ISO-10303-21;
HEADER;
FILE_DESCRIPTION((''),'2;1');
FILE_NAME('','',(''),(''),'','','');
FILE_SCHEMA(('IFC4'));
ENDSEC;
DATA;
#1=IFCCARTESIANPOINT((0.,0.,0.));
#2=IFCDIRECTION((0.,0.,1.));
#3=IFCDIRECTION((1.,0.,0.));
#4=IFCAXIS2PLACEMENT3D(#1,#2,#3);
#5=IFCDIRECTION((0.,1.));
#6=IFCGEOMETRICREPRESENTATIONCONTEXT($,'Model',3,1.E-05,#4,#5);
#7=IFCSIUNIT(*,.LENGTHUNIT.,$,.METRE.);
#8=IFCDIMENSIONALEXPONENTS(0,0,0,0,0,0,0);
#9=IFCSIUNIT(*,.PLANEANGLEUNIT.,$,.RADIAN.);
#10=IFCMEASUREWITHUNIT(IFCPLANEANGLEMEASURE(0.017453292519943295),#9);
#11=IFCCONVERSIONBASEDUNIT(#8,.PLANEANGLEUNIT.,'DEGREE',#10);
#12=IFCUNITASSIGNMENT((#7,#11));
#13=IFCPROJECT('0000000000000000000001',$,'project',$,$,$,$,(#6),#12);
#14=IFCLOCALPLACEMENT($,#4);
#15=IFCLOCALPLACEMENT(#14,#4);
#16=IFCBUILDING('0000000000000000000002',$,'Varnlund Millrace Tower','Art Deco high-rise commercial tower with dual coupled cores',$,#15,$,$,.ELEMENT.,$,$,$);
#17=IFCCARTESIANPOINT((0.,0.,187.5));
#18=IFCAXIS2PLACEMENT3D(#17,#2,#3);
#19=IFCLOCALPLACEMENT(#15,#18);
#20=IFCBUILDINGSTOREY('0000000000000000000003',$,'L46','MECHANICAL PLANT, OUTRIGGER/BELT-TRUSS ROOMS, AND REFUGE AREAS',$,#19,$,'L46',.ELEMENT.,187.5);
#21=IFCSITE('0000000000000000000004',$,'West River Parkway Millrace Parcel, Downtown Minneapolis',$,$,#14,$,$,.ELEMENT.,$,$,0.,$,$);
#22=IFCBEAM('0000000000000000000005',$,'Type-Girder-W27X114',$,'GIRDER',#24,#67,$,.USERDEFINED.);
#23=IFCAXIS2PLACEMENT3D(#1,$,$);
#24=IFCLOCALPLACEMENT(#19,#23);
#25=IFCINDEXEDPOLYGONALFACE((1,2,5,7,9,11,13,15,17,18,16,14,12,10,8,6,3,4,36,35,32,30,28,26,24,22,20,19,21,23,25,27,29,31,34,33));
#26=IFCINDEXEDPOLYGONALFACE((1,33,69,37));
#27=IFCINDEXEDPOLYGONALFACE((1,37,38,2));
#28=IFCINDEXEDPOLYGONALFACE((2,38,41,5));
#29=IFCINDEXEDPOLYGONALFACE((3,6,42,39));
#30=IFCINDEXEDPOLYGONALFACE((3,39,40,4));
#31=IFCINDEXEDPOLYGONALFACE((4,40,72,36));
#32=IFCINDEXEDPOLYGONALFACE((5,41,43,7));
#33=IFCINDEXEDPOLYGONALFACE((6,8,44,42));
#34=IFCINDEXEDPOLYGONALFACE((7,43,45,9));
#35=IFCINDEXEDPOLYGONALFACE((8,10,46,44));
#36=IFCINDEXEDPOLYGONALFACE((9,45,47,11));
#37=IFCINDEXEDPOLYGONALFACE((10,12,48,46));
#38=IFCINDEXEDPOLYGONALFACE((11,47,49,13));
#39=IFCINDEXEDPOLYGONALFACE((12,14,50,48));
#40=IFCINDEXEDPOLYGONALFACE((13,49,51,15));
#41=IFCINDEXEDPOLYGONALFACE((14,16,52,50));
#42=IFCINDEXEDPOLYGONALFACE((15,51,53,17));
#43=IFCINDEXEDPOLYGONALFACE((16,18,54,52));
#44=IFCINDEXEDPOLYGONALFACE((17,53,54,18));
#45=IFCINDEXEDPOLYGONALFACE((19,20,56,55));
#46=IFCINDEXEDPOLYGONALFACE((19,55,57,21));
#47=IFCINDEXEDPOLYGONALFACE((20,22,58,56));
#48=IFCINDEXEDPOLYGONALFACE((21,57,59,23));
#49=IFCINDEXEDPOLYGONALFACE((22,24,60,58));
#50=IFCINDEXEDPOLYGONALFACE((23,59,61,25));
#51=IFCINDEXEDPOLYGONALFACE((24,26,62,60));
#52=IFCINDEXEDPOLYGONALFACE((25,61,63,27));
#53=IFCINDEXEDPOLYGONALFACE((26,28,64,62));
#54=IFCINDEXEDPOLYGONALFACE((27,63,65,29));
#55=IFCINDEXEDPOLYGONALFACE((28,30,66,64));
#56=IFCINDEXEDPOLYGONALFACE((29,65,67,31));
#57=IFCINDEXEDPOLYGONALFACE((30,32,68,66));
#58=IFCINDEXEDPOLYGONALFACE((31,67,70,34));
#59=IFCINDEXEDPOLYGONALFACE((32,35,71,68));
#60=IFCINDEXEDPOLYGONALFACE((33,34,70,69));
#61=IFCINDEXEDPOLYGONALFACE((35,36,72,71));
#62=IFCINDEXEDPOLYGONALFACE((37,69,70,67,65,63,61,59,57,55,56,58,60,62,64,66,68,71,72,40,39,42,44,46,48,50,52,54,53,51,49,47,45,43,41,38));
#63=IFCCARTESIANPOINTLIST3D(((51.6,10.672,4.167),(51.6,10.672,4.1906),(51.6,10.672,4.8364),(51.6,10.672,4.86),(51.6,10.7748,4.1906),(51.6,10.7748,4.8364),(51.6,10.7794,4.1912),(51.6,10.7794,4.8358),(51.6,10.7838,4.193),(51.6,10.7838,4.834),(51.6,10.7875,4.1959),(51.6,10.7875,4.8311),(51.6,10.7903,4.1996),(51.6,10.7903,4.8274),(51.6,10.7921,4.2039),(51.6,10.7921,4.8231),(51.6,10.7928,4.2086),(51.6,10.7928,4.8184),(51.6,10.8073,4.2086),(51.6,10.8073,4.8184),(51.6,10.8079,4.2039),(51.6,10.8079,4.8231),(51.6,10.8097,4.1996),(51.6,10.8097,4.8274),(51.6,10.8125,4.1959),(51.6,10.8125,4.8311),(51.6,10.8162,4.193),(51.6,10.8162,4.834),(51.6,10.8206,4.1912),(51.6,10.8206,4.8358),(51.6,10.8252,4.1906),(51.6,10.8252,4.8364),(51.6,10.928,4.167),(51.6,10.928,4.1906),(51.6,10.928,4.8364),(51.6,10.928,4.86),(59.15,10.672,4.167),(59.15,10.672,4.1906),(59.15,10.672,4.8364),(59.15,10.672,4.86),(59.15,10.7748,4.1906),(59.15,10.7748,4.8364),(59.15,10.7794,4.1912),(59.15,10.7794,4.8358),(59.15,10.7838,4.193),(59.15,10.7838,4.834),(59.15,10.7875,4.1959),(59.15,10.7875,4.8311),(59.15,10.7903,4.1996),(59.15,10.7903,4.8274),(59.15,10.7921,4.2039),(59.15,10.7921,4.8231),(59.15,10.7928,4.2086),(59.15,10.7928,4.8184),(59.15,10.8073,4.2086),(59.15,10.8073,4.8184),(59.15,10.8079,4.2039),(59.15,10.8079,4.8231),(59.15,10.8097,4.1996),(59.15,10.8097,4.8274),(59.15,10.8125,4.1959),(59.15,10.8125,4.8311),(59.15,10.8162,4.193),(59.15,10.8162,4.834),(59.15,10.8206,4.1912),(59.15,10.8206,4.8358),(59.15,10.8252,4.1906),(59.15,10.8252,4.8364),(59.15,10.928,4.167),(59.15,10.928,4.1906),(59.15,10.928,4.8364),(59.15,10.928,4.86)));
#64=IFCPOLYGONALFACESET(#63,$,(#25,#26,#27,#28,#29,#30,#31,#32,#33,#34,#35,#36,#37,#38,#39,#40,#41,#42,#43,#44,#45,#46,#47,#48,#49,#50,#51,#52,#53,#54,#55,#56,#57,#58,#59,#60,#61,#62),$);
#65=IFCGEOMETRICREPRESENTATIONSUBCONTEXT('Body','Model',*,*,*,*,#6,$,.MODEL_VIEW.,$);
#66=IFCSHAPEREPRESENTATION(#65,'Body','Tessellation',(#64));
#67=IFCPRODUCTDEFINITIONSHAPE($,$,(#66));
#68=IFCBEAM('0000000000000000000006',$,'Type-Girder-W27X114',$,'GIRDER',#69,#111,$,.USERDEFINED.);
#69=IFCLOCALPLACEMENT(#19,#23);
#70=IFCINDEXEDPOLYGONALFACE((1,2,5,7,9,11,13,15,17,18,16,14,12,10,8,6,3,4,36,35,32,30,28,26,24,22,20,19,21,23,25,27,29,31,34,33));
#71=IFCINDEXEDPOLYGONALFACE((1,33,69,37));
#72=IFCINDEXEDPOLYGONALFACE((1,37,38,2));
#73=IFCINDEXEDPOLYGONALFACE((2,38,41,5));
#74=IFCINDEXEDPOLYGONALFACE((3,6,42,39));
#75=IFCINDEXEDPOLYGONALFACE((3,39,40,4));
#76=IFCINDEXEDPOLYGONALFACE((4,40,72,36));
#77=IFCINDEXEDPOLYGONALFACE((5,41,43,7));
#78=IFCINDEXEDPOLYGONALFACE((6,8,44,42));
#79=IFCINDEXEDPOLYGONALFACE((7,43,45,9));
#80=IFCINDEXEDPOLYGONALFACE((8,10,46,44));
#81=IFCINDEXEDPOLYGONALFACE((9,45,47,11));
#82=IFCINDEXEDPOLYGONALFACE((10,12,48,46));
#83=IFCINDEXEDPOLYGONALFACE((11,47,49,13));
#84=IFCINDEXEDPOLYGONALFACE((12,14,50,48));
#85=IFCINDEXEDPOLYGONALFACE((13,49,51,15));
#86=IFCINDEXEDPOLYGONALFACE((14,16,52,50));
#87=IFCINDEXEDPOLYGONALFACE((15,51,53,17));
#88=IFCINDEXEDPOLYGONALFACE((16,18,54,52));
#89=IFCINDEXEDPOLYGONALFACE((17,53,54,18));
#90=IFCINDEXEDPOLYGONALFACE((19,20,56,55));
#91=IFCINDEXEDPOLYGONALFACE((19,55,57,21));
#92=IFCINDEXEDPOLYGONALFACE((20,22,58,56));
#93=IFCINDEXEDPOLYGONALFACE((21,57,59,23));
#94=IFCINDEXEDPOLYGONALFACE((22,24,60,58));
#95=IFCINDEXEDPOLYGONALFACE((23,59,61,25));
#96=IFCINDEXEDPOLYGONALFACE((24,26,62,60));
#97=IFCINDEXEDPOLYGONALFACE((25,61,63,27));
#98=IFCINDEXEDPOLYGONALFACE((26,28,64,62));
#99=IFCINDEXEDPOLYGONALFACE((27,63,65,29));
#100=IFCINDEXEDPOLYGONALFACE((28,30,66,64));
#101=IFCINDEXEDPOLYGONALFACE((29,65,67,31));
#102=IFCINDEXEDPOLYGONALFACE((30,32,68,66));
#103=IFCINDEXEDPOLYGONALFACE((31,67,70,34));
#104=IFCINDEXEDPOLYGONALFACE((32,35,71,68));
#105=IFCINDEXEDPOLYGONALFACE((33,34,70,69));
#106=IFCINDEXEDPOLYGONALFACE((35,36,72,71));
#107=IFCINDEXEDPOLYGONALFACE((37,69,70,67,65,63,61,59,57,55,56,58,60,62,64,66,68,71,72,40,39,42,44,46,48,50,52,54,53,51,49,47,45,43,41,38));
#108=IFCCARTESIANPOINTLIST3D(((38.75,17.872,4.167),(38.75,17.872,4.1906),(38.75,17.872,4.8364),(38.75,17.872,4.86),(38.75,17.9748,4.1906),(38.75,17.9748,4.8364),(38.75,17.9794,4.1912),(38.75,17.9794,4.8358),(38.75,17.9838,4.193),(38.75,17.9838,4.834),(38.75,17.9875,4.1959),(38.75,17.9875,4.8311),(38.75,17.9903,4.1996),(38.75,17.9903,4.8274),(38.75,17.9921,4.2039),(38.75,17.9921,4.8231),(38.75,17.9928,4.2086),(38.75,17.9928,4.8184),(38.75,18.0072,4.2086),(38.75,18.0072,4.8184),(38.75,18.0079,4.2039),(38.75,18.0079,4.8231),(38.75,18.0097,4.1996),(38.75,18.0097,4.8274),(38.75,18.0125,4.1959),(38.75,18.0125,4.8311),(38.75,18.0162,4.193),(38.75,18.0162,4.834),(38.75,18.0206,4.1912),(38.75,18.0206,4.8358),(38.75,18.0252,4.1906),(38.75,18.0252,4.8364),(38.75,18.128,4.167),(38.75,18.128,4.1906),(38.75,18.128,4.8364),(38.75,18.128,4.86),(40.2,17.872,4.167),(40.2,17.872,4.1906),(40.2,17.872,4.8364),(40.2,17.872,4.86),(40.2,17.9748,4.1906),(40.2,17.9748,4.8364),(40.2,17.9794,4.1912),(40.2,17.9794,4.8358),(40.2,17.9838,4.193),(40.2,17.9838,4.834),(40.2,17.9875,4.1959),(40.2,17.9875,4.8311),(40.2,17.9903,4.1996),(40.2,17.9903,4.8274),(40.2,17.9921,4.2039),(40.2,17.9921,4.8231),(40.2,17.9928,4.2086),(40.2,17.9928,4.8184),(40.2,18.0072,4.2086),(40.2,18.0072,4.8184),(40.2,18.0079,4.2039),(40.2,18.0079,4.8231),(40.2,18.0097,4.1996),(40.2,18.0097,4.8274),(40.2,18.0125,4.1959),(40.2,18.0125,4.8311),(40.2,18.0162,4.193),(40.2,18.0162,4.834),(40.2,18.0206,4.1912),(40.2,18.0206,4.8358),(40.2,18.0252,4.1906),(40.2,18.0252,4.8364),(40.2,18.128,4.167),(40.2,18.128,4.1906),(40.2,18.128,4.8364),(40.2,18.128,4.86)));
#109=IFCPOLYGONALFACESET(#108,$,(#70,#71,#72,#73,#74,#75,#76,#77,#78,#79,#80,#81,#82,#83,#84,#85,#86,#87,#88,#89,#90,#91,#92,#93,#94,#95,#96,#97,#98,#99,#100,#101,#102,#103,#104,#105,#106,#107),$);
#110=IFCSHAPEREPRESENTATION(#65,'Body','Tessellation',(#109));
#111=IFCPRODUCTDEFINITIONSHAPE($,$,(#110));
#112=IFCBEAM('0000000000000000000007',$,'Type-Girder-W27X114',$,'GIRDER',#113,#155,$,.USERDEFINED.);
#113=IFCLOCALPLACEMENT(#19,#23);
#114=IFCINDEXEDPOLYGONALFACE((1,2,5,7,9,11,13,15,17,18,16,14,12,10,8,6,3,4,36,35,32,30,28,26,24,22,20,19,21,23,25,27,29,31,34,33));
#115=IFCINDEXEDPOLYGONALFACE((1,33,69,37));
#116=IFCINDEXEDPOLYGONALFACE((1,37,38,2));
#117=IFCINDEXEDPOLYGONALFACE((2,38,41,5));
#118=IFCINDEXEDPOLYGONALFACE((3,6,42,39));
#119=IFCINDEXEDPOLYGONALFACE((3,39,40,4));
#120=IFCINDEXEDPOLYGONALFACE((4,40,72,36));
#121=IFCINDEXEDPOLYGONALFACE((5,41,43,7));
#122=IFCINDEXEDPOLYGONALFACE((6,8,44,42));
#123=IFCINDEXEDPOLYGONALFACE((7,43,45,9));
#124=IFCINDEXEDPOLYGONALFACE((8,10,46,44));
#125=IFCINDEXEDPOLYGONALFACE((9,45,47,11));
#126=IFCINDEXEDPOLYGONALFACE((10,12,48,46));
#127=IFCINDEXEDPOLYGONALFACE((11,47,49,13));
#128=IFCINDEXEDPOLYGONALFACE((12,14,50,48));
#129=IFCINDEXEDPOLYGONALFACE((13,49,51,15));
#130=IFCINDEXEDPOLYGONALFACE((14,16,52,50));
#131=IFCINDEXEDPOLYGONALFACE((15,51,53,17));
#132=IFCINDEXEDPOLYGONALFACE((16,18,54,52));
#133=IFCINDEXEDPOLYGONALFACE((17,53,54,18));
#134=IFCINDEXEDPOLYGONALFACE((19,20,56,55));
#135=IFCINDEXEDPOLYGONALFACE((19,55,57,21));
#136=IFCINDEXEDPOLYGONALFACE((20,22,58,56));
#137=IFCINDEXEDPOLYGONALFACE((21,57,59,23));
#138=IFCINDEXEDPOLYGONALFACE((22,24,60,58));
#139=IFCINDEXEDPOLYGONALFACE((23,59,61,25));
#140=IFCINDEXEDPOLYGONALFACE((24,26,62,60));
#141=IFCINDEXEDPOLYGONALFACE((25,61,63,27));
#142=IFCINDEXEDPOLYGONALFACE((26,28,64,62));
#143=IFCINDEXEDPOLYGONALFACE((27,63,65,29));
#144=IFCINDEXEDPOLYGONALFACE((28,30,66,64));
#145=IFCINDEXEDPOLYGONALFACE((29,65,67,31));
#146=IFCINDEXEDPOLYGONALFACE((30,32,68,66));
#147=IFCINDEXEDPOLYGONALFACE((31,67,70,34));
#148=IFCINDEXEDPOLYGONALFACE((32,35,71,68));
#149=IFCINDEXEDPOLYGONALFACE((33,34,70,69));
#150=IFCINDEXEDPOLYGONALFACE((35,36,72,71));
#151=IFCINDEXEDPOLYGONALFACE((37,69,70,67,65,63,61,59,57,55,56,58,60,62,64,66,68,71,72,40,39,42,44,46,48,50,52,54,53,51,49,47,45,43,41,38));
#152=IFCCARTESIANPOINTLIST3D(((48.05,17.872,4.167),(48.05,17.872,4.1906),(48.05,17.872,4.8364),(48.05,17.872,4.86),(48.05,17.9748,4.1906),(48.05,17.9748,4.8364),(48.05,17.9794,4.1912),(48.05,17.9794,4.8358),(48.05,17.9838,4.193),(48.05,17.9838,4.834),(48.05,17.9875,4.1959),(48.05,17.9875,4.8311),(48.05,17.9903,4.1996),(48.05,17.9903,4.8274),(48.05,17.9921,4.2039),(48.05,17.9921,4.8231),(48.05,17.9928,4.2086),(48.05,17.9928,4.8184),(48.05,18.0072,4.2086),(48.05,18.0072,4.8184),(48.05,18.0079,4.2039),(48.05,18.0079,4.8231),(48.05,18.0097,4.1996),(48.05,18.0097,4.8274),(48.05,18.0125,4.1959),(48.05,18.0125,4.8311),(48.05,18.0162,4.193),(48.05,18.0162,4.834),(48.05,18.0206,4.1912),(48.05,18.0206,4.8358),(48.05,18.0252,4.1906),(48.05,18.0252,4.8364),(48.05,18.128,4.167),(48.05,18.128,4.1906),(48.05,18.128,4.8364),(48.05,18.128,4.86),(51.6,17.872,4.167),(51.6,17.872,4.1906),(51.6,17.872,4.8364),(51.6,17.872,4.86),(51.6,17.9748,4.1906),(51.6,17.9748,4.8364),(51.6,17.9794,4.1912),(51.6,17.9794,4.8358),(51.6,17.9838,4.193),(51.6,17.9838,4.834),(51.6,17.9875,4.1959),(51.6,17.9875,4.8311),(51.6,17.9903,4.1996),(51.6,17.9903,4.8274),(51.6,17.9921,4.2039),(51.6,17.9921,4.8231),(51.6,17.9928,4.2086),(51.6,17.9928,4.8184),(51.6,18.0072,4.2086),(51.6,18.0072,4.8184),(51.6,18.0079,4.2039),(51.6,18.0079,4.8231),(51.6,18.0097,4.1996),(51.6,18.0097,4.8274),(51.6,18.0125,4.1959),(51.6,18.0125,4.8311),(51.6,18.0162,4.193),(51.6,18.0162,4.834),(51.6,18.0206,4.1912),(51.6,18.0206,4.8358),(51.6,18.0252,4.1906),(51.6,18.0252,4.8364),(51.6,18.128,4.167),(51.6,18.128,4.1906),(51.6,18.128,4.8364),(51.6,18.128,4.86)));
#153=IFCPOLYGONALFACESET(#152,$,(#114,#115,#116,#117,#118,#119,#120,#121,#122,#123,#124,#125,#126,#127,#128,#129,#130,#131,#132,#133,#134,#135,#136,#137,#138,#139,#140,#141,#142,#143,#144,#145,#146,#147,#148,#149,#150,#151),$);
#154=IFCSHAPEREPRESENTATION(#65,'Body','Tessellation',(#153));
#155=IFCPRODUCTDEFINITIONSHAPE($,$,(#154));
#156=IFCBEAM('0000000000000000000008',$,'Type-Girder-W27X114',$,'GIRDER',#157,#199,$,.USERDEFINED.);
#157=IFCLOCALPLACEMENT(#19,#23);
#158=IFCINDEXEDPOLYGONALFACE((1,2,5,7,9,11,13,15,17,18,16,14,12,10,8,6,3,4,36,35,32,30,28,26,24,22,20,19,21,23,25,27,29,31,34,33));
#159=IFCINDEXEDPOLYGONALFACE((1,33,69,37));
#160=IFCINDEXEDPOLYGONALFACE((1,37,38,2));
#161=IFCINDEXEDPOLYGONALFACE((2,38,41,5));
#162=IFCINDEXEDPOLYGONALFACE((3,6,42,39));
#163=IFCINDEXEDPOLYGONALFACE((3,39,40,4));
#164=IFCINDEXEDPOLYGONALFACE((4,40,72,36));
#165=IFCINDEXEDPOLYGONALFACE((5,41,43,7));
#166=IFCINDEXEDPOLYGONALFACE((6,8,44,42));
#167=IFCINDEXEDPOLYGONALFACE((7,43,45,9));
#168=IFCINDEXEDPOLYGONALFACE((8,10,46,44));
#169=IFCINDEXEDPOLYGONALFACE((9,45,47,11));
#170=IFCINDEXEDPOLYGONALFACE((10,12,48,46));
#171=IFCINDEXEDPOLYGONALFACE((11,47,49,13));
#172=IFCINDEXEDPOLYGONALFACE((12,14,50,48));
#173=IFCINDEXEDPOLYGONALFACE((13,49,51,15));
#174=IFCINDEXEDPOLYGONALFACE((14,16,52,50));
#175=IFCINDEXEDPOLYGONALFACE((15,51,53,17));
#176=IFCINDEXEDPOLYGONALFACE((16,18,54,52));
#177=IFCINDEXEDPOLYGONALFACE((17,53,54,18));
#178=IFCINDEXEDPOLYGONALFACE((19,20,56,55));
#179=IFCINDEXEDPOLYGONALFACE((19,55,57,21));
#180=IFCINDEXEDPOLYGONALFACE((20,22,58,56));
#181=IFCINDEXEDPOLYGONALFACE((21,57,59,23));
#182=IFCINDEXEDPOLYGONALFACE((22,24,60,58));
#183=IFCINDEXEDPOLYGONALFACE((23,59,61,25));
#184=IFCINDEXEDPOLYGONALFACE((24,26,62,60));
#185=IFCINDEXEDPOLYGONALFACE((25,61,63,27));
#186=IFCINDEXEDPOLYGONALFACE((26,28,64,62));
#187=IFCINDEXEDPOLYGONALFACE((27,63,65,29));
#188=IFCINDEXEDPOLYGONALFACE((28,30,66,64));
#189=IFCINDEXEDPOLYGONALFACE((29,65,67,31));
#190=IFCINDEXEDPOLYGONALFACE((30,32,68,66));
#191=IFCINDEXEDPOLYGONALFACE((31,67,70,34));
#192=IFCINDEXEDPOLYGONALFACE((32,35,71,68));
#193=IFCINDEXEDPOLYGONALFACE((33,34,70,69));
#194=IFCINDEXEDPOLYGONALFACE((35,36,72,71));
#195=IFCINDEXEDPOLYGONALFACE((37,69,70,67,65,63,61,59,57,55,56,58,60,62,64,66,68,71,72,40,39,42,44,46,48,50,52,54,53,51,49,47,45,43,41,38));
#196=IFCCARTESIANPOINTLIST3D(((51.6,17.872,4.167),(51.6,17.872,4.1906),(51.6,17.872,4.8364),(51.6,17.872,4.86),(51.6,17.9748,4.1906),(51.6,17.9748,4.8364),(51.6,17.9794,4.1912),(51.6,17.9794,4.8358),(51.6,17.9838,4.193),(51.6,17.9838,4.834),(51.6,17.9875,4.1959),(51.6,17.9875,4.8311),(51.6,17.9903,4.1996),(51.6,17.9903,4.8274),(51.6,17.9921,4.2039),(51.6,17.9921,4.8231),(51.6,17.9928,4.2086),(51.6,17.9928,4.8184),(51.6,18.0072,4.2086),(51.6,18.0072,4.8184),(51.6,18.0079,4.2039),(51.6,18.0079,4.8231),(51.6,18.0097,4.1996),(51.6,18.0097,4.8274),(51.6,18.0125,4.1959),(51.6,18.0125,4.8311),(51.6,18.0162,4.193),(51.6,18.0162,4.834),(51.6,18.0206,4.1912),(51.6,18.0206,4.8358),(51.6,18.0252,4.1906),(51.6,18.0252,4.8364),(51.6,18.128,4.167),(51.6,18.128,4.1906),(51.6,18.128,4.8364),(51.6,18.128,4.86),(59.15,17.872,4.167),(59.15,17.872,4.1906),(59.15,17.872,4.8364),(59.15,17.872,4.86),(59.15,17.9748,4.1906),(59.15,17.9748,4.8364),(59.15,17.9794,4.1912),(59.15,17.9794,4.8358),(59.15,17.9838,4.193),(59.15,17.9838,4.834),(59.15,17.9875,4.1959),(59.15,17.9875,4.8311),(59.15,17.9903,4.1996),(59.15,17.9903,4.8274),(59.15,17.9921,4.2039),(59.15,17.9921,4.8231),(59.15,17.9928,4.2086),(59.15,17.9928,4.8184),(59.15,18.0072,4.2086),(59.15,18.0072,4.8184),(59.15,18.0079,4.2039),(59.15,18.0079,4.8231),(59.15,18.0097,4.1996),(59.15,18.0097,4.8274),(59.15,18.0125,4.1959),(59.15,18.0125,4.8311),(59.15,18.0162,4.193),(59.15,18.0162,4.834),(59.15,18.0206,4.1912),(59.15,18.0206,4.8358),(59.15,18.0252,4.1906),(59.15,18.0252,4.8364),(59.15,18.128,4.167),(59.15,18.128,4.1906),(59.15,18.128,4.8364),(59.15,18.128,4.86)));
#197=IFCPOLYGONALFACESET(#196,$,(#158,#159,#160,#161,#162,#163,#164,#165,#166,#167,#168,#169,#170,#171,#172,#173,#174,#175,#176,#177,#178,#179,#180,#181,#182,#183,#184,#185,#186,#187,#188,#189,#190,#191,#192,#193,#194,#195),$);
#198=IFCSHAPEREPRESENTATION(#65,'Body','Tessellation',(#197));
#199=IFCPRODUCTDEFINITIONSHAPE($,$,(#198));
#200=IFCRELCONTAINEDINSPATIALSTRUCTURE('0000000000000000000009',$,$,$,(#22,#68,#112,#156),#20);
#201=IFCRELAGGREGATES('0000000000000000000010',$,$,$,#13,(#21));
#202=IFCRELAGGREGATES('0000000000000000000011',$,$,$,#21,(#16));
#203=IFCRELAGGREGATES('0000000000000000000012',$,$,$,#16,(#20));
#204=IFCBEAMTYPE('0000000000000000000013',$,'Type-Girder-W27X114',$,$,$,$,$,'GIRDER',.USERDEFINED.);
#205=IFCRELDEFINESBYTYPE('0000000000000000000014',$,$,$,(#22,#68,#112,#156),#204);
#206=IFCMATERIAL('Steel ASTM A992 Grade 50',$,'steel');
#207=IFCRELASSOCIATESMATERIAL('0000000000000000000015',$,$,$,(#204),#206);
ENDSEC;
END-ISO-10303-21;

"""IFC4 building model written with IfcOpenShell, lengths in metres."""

from ifc_helpers import new_model, entity, si_unit, converted_unit, direction, frame, origin_with_axes, origin_2d_with_axis, place, context, subcontext, project, spatial, i_section, extrude, material, material_profile, profile_set, type_object, element, save


model = new_model("IFC4")

# Units and contexts
model_context = context("Model", 3, precision=1e-05, world=origin_with_axes(), true_north=direction((0.0, 1.0)))
body_context = subcontext(model_context, "Body", "Model", "MODEL_VIEW")
ifc_project = project(units=[si_unit("LENGTHUNIT", "METRE"), converted_unit("PLANEANGLEUNIT", "DEGREE", entity("IfcPlaneAngleMeasure", 0.017453292519943295), si_unit("PLANEANGLEUNIT", "RADIAN"), dimensions=[0, 0, 0, 0, 0, 0, 0])], contexts=[model_context])

# Site, building, storey
site_placement = place(None, origin_with_axes())
site = spatial("IfcSite", under=ifc_project, at=site_placement, Name="West River Parkway Millrace Parcel, Downtown Minneapolis", CompositionType="ELEMENT", RefElevation=0.0)
building_placement = place(site_placement, origin_with_axes())
building = spatial("IfcBuilding", under=site, at=building_placement, Name="Varnlund Millrace Tower", Description="Art Deco high-rise commercial tower with dual coupled cores", CompositionType="ELEMENT")
storey_placement = place(building_placement, frame((0.0, 0.0, 187.5), z_axis=(0.0, 0.0, 1.0), x_axis=(1.0, 0.0, 0.0)))
storey = spatial("IfcBuildingStorey", under=building, at=storey_placement, Name="L46", Description="MECHANICAL PLANT, OUTRIGGER/BELT-TRUSS ROOMS, AND REFUGE AREAS", LongName="L46", CompositionType="ELEMENT", Elevation=187.5)

# Beams
ifc_material_1 = material(Name="Steel ASTM A992 Grade 50", Category="steel")
ifc_material_profile_1 = material_profile(ifc_material_1, i_section(OverallWidth=0.256, OverallDepth=0.693, WebThickness=0.0145, FlangeThickness=0.0236, FilletRadius=0.018, at=origin_2d_with_axis()), Name="Steel ASTM A992 Grade 50")
ifc_profile_set_1 = profile_set([ifc_material_profile_1], Name="Steel ASTM A992 Grade 50")
beam_type_1 = type_object("IfcBeamType", Name="Type-Girder-W27X114", ElementType="GIRDER", PredefinedType="USERDEFINED", material=ifc_profile_set_1)
beam_1_placement = place(storey_placement, frame((51.6, 10.8, 4.5135), z_axis=(1.0, 0.0, 0.0), x_axis=(0.0, 1.0, 0.0)))
element("IfcBeam", 1, at=beam_1_placement, inside=storey, type_object=beam_type_1, Name="Type-Girder-W27X114", ObjectType="GIRDER", PredefinedType="USERDEFINED", context=body_context, shape_type="SweptSolid", body=[
    extrude(i_section(OverallWidth=0.256, OverallDepth=0.693, WebThickness=0.0145, FlangeThickness=0.0236, FilletRadius=0.018, at=origin_2d_with_axis()), origin_with_axes(), (0.0, 0.0, 1.0), 7.55),
])
beam_2_placement = place(storey_placement, frame((38.75, 18.0, 4.5135), z_axis=(1.0, 0.0, 0.0), x_axis=(0.0, 1.0, 0.0)))
element("IfcBeam", 2, at=beam_2_placement, inside=storey, type_object=beam_type_1, Name="Type-Girder-W27X114", ObjectType="GIRDER", PredefinedType="USERDEFINED", context=body_context, shape_type="SweptSolid", body=[
    extrude(i_section(OverallWidth=0.256, OverallDepth=0.693, WebThickness=0.0145, FlangeThickness=0.0236, FilletRadius=0.018, at=origin_2d_with_axis()), origin_with_axes(), (0.0, 0.0, 1.0), 1.45),
])
beam_3_placement = place(storey_placement, frame((48.05, 18.0, 4.5135), z_axis=(1.0, 0.0, 0.0), x_axis=(0.0, 1.0, 0.0)))
element("IfcBeam", 3, at=beam_3_placement, inside=storey, type_object=beam_type_1, Name="Type-Girder-W27X114", ObjectType="GIRDER", PredefinedType="USERDEFINED", context=body_context, shape_type="SweptSolid", body=[
    extrude(i_section(OverallWidth=0.256, OverallDepth=0.693, WebThickness=0.0145, FlangeThickness=0.0236, FilletRadius=0.018, at=origin_2d_with_axis()), origin_with_axes(), (0.0, 0.0, 1.0), 3.55),
])
beam_4_placement = place(storey_placement, frame((51.6, 18.0, 4.5135), z_axis=(1.0, 0.0, 0.0), x_axis=(0.0, 1.0, 0.0)))
element("IfcBeam", 4, at=beam_4_placement, inside=storey, type_object=beam_type_1, Name="Type-Girder-W27X114", ObjectType="GIRDER", PredefinedType="USERDEFINED", context=body_context, shape_type="SweptSolid", body=[
    extrude(i_section(OverallWidth=0.256, OverallDepth=0.693, WebThickness=0.0145, FlangeThickness=0.0236, FilletRadius=0.018, at=origin_2d_with_axis()), origin_with_axes(), (0.0, 0.0, 1.0), 7.55),
])

save(model, "model.ifc")
